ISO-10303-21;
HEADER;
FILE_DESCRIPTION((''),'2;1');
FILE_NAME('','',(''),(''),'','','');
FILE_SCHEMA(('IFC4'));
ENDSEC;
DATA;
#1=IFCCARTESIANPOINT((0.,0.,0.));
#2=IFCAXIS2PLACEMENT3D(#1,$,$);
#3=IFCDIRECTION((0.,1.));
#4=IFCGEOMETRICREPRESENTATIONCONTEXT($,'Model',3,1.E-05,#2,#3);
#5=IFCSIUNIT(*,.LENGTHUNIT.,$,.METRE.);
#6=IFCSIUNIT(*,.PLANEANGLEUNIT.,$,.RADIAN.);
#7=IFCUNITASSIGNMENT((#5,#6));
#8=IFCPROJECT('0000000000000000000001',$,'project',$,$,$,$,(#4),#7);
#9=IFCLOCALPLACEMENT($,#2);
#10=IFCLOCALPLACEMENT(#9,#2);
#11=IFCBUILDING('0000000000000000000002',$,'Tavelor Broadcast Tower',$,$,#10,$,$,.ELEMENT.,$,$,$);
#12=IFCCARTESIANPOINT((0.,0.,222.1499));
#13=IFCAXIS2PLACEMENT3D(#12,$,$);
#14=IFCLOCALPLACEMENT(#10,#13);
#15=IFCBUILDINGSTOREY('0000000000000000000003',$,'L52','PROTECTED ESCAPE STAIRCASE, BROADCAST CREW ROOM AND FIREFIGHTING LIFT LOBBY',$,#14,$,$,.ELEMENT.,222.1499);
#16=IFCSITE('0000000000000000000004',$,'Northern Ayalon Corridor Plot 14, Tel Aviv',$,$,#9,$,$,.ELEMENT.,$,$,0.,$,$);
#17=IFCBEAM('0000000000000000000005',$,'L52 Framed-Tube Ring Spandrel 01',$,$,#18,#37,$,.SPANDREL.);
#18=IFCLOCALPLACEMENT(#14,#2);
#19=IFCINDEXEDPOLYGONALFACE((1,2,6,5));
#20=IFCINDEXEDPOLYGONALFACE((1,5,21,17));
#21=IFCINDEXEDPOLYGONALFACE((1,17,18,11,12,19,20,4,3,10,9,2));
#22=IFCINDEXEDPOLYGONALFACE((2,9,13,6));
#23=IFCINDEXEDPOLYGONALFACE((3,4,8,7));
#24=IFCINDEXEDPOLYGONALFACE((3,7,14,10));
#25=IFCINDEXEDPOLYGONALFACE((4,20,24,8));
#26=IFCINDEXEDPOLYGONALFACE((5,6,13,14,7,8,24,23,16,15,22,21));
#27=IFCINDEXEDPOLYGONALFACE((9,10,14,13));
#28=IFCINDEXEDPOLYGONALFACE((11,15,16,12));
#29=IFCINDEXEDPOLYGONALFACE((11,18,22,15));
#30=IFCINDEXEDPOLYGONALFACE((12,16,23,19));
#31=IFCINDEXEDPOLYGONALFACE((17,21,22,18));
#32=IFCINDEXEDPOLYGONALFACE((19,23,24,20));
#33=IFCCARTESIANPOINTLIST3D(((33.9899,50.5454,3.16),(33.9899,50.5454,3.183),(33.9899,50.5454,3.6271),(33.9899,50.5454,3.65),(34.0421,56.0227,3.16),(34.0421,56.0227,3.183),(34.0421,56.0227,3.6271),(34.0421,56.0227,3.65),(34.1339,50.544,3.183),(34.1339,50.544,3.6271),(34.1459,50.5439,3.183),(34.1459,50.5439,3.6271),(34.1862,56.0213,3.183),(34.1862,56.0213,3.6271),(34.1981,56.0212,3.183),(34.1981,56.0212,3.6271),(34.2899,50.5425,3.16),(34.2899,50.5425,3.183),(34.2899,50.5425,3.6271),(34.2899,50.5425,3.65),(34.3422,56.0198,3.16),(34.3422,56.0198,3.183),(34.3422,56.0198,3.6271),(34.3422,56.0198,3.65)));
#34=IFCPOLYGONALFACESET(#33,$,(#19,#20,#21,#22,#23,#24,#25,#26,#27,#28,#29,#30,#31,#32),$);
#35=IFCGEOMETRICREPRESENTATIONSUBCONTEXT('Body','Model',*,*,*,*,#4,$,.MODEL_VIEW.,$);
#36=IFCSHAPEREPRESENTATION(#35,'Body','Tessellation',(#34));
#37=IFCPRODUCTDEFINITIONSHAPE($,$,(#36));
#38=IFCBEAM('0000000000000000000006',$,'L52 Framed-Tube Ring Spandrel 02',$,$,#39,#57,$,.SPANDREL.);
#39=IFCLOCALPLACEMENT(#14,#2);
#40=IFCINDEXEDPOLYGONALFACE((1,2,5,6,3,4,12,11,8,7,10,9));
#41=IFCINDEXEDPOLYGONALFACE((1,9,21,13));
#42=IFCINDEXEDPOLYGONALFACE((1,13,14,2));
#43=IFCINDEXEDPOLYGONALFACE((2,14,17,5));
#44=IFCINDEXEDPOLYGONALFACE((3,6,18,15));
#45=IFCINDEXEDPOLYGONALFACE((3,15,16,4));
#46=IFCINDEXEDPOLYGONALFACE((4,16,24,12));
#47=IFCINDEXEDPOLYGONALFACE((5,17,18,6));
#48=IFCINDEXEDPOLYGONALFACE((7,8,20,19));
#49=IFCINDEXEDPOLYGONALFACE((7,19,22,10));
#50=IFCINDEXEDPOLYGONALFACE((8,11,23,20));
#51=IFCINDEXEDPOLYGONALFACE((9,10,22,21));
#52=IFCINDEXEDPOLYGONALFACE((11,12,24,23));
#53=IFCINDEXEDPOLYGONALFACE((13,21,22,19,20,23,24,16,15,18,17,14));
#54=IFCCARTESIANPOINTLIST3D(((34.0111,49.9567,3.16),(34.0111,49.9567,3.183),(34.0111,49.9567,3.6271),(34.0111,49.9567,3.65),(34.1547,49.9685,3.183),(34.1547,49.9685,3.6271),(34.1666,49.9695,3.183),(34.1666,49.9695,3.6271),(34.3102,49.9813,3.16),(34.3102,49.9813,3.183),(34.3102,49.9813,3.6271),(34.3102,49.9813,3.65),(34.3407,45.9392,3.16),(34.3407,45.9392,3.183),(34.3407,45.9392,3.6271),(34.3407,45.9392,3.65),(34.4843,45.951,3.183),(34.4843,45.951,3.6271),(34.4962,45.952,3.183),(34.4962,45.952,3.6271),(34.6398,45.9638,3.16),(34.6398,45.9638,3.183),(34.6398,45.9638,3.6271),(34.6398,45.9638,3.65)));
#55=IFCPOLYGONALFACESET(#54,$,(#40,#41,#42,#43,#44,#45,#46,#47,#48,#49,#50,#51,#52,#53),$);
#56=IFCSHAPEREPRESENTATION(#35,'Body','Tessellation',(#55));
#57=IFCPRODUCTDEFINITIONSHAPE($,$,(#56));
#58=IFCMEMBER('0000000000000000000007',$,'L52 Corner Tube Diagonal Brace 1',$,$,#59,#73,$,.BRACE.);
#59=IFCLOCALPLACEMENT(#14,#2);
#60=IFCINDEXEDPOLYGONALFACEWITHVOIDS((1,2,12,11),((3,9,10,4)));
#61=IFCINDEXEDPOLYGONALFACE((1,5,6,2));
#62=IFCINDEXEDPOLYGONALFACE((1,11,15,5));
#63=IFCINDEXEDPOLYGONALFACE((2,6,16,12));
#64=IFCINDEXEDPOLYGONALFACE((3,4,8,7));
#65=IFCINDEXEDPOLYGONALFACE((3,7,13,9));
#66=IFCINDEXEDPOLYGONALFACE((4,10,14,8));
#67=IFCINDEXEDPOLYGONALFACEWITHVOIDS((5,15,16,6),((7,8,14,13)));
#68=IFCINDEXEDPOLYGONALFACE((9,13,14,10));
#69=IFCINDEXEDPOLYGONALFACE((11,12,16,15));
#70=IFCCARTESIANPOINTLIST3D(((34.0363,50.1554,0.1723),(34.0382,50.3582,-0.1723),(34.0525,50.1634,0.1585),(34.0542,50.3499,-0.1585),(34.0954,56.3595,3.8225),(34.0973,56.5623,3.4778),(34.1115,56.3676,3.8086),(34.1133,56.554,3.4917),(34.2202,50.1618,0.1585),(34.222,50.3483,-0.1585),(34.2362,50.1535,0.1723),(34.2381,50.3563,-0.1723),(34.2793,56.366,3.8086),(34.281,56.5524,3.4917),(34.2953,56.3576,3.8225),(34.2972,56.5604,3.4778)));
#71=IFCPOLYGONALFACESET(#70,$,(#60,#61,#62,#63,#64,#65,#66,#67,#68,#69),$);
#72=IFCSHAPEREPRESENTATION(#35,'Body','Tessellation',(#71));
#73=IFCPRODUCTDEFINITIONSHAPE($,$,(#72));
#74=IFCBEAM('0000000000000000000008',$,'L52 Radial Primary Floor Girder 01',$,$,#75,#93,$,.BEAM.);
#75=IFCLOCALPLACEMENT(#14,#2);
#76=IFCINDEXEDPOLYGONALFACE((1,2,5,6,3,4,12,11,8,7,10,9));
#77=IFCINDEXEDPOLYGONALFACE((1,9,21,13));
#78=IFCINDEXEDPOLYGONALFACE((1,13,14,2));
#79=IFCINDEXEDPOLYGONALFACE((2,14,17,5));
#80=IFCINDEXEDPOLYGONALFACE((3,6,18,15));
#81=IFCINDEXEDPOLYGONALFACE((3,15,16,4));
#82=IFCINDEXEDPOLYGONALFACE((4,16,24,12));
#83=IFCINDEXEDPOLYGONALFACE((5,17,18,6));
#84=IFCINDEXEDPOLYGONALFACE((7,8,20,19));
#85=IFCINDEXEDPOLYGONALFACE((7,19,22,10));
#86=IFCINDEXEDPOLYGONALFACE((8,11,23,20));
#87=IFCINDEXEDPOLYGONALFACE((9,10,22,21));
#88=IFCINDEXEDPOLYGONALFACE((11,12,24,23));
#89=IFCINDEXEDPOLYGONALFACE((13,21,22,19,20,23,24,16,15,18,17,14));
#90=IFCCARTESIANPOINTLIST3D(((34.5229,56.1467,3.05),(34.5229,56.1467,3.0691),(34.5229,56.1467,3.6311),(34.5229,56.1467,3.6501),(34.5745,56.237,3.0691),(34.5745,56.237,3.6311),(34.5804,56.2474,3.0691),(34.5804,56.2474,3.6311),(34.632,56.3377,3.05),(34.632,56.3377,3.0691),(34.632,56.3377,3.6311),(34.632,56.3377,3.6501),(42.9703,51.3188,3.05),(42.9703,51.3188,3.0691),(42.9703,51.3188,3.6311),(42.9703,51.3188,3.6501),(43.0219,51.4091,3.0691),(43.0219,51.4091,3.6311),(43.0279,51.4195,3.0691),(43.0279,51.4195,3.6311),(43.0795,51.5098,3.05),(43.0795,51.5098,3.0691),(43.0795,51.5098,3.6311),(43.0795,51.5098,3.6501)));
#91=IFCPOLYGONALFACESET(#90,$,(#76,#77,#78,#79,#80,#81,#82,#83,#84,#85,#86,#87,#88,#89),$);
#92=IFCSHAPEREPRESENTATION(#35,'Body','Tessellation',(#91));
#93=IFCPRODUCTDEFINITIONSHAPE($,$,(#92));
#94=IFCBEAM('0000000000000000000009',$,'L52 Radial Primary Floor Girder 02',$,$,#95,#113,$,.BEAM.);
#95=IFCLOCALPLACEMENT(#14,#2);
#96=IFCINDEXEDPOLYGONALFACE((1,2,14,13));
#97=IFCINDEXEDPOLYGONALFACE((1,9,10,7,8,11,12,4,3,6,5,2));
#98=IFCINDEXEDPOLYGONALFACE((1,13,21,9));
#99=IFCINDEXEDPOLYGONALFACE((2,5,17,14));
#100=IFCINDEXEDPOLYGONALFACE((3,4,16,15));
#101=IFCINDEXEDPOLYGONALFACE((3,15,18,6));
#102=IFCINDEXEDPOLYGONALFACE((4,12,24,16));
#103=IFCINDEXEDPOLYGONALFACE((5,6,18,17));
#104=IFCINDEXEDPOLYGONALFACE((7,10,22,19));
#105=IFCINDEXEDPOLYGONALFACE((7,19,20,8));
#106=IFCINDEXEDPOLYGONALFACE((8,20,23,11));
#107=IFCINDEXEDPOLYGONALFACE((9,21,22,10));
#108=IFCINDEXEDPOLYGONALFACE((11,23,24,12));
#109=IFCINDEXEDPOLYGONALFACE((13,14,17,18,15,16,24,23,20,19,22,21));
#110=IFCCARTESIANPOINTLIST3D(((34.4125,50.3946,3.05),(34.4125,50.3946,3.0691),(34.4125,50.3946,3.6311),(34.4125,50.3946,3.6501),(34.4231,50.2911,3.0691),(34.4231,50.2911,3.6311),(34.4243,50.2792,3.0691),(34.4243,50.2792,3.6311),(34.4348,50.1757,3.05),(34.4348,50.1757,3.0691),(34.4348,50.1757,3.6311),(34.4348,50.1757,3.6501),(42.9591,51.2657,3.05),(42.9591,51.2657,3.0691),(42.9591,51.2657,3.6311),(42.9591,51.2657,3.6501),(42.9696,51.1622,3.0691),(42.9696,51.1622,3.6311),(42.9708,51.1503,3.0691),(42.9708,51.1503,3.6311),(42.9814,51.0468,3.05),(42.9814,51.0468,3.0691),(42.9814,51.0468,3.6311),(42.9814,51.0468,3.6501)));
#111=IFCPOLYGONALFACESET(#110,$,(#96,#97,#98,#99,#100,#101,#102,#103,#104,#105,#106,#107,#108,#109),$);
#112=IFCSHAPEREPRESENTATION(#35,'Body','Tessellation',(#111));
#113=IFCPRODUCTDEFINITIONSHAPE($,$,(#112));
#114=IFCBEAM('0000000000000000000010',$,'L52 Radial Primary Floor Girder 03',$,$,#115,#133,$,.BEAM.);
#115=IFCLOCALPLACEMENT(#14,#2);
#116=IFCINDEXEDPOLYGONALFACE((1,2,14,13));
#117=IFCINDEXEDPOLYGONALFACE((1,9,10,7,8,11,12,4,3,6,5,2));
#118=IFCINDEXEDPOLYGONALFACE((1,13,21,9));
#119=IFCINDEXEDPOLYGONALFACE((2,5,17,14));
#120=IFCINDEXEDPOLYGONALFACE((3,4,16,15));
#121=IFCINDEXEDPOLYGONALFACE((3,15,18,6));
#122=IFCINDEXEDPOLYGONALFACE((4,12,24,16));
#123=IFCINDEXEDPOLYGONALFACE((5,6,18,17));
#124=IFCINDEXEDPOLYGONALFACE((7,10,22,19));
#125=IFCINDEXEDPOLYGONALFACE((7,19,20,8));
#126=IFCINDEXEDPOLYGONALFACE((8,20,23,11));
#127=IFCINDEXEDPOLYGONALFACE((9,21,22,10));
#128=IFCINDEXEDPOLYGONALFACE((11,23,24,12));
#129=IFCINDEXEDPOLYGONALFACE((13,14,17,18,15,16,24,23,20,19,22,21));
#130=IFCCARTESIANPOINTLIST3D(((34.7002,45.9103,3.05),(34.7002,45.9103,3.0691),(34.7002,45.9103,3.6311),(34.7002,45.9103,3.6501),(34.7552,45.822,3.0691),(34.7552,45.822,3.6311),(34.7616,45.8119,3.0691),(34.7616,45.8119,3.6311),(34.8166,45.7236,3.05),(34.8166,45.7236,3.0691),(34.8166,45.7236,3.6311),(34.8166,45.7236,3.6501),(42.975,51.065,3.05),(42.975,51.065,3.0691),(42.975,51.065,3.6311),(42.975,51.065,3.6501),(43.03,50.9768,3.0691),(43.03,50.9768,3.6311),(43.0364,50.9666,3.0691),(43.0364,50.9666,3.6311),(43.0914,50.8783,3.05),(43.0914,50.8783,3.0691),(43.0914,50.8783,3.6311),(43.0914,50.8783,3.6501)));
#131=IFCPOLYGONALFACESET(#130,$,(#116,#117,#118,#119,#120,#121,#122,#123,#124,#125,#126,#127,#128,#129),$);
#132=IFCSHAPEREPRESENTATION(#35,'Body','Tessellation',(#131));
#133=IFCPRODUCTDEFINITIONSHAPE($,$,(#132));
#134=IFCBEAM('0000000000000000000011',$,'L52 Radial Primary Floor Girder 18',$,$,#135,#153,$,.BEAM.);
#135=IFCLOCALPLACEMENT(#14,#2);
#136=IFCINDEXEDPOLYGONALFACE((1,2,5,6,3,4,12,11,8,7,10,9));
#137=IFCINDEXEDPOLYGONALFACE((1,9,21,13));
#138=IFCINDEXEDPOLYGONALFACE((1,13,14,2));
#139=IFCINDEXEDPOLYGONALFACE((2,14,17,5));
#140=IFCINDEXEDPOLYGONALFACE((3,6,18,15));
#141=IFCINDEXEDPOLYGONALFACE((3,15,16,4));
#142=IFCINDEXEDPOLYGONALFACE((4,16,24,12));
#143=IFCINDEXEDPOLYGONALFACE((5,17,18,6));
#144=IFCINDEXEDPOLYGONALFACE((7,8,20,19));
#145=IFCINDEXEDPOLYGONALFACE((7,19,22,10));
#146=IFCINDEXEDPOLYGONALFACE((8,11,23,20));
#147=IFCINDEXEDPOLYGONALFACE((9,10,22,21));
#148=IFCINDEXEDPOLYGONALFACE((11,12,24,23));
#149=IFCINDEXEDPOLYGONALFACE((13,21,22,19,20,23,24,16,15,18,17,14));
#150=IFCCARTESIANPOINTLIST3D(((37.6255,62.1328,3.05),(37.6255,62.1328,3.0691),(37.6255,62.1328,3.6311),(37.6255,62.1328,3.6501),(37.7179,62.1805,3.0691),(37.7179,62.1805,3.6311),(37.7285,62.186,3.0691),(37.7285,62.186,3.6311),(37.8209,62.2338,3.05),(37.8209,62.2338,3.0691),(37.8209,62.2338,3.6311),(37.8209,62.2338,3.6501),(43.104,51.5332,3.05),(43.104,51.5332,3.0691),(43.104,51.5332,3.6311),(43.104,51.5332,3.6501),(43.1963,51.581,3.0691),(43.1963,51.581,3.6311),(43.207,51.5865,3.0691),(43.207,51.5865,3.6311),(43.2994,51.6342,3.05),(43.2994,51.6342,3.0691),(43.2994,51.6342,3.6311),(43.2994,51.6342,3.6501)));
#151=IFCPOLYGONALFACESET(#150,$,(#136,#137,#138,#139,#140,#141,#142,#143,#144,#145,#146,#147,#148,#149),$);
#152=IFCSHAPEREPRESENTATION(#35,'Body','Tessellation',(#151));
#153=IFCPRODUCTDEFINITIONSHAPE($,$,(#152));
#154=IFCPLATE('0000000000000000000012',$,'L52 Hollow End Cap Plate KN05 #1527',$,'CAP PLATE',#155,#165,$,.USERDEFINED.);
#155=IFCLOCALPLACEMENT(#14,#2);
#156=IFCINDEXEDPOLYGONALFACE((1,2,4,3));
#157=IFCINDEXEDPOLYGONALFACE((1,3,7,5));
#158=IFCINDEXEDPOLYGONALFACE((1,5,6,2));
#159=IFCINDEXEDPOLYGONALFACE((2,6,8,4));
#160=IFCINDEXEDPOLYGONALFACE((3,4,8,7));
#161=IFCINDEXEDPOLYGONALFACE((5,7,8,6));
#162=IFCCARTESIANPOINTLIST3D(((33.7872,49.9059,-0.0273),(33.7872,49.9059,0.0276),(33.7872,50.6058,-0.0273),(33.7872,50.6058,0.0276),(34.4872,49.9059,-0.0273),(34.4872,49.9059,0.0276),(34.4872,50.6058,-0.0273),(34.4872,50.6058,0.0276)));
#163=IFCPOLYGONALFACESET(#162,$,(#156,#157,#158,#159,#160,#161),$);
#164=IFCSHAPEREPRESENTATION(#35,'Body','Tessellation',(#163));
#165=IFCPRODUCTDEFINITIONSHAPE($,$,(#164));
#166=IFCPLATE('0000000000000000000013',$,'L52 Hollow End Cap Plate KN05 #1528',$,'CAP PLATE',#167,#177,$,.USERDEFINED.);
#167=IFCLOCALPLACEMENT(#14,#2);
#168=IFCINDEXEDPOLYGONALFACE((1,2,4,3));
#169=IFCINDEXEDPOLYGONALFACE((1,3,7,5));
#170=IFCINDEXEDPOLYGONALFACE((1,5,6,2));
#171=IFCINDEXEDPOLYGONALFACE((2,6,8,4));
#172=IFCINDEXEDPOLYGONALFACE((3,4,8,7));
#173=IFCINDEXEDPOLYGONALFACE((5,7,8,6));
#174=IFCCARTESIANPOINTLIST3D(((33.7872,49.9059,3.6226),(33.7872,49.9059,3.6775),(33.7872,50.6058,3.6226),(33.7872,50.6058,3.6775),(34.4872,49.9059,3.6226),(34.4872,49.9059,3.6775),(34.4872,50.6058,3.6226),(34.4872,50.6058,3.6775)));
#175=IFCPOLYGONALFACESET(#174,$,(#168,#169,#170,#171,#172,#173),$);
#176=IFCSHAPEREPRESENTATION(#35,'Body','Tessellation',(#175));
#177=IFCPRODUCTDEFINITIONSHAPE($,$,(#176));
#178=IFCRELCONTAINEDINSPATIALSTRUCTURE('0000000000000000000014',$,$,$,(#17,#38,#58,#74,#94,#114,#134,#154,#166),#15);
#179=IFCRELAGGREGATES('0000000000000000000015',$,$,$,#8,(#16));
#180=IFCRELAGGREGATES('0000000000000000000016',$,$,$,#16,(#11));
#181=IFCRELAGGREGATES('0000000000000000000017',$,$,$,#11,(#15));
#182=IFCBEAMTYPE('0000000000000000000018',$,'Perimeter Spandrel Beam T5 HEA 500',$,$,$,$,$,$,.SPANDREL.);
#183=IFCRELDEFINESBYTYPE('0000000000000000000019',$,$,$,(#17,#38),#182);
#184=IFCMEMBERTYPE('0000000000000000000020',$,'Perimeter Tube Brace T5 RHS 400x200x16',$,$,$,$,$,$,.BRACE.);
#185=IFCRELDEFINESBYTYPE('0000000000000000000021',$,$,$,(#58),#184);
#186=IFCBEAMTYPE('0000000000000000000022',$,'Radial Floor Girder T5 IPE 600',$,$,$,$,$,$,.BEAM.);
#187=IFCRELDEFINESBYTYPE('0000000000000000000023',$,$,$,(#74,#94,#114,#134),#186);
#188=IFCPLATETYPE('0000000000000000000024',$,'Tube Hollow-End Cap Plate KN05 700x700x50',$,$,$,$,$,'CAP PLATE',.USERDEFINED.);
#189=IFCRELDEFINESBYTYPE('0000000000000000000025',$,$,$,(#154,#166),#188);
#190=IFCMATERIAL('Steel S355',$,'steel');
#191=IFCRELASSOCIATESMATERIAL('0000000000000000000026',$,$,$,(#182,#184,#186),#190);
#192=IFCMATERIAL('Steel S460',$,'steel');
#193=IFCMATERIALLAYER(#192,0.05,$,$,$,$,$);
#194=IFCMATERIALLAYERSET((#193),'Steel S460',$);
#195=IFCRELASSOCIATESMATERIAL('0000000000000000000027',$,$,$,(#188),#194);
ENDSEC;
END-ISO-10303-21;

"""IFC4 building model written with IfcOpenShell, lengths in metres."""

from ifc_helpers import new_model, si_unit, direction, frame, origin, origin_2d, place, context, subcontext, project, spatial, rectangle, hollow_rectangle, i_section, extrude, source, transform, mapped, material, layer, layer_set, material_profile, profile_set, type_object, element, save


model = new_model("IFC4")

# Units and contexts
model_context = context("Model", 3, precision=1e-05, world=origin(), true_north=direction((0.0, 1.0)))
body_context = subcontext(model_context, "Body", "Model", "MODEL_VIEW")
ifc_project = project(units=[si_unit("LENGTHUNIT", "METRE"), si_unit("PLANEANGLEUNIT", "RADIAN")], contexts=[model_context])

# Site, building, storey
site_placement = place(None, origin())
site = spatial("IfcSite", under=ifc_project, at=site_placement, Name="Northern Ayalon Corridor Plot 14, Tel Aviv", CompositionType="ELEMENT", RefElevation=0.0)
building_placement = place(site_placement, origin())
building = spatial("IfcBuilding", under=site, at=building_placement, Name="Tavelor Broadcast Tower", CompositionType="ELEMENT")
storey_placement = place(building_placement, frame((0.0, 0.0, 222.1499)))
storey = spatial("IfcBuildingStorey", under=building, at=storey_placement, Name="L52", Description="PROTECTED ESCAPE STAIRCASE, BROADCAST CREW ROOM AND FIREFIGHTING LIFT LOBBY", CompositionType="ELEMENT", Elevation=222.1499)

# Shared definitions
ifc_material_1 = material(Name="Steel S460", Category="steel")

# Beams
ifc_material_2 = material(Name="Steel S355", Category="steel")
ifc_material_profile_1 = material_profile(ifc_material_2, i_section(OverallWidth=0.3, OverallDepth=0.49, WebThickness=0.012, FlangeThickness=0.0229, at=origin_2d()), Name="HEA 500")
ifc_profile_set_1 = profile_set([ifc_material_profile_1], Name="Steel S355")
beam_type_1 = type_object("IfcBeamType", Name="Perimeter Spandrel Beam T5 HEA 500", PredefinedType="SPANDREL", material=ifc_profile_set_1)
beam_1_placement = place(storey_placement, frame((34.1921, 56.0212, 3.405), z_axis=(-0.009538, -0.999955, 0.0), x_axis=(0.999955, -0.009538, 0.0)))
element("IfcBeam", 1, at=beam_1_placement, inside=storey, type_object=beam_type_1, Name="L52 Framed-Tube Ring Spandrel 01", PredefinedType="SPANDREL", context=body_context, shape_type="SweptSolid", body=[
    extrude(i_section(OverallWidth=0.3, OverallDepth=0.49, WebThickness=0.012, FlangeThickness=0.0229, at=origin_2d()), origin(), (0.0, 0.0, 1.0), 5.4775),
])
beam_2_placement = place(storey_placement, frame((34.1606, 49.969, 3.405), z_axis=(0.081762, -0.996652, 0.0), x_axis=(0.996652, 0.081762, 0.0)))
element("IfcBeam", 2, at=beam_2_placement, inside=storey, type_object=beam_type_1, Name="L52 Framed-Tube Ring Spandrel 02", PredefinedType="SPANDREL", context=body_context, shape_type="SweptSolid", body=[
    extrude(i_section(OverallWidth=0.3, OverallDepth=0.49, WebThickness=0.012, FlangeThickness=0.0229, at=origin_2d()), origin(), (0.0, 0.0, 1.0), 4.031),
])

# Member
ifc_material_profile_2 = material_profile(ifc_material_2, hollow_rectangle(XDim=0.2, YDim=0.3999, WallThickness=0.0161, at=origin_2d()), Name="RHS 400x200x16")
ifc_profile_set_2 = profile_set([ifc_material_profile_2], Name="Steel S355")
member_type = type_object("IfcMemberType", Name="Perimeter Tube Brace T5 RHS 400x200x16", PredefinedType="BRACE", material=ifc_profile_set_2)
member_placement = place(storey_placement, frame((34.1372, 50.2559, 0.0), z_axis=(0.008208, 0.861864, 0.507073), x_axis=(-0.999955, 0.009523, 0.0)))
element("IfcMember", 3, at=member_placement, inside=storey, type_object=member_type, Name="L52 Corner Tube Diagonal Brace 1", PredefinedType="BRACE", context=body_context, shape_type="SweptSolid", body=[
    extrude(hollow_rectangle(XDim=0.2, YDim=0.3999, WallThickness=0.0161, at=origin_2d()), origin(), (0.0, 0.0, 1.0), 7.1985),
])

# Beams
ifc_material_profile_3 = material_profile(ifc_material_2, i_section(OverallWidth=0.22, OverallDepth=0.6001, WebThickness=0.012, FlangeThickness=0.019, at=origin_2d()), Name="IPE 600")
ifc_profile_set_3 = profile_set([ifc_material_profile_3], Name="Steel S355")
beam_type_2 = type_object("IfcBeamType", Name="Radial Floor Girder T5 IPE 600", PredefinedType="BEAM", material=ifc_profile_set_3)
beam_3_placement = place(storey_placement, frame((43.0249, 51.4143, 3.3501), z_axis=(-0.868211, 0.496196, 0.0), x_axis=(-0.496196, -0.868211, 0.0)))
element("IfcBeam", 4, at=beam_3_placement, inside=storey, type_object=beam_type_2, Name="L52 Radial Primary Floor Girder 01", PredefinedType="BEAM", context=body_context, shape_type="SweptSolid", body=[
    extrude(i_section(OverallWidth=0.22, OverallDepth=0.6001, WebThickness=0.012, FlangeThickness=0.019, at=origin_2d()), origin(), (0.0, 0.0, 1.0), 9.7297),
])
beam_4_placement = place(storey_placement, frame((42.9702, 51.1562, 3.3501), z_axis=(-0.994846, -0.101397, 0.0), x_axis=(0.101397, -0.994846, 0.0)))
element("IfcBeam", 5, at=beam_4_placement, inside=storey, type_object=beam_type_2, Name="L52 Radial Primary Floor Girder 02", PredefinedType="BEAM", context=body_context, shape_type="SweptSolid", body=[
    extrude(i_section(OverallWidth=0.22, OverallDepth=0.6001, WebThickness=0.012, FlangeThickness=0.019, at=origin_2d()), origin(), (0.0, 0.0, 1.0), 8.5908),
])
beam_5_placement = place(storey_placement, frame((43.0332, 50.9717, 3.3501), z_axis=(-0.848782, -0.528742, 0.0), x_axis=(0.528742, -0.848782, 0.0)))
element("IfcBeam", 6, at=beam_5_placement, inside=storey, type_object=beam_type_2, Name="L52 Radial Primary Floor Girder 03", PredefinedType="BEAM", context=body_context, shape_type="SweptSolid", body=[
    extrude(i_section(OverallWidth=0.22, OverallDepth=0.6001, WebThickness=0.012, FlangeThickness=0.019, at=origin_2d()), origin(), (0.0, 0.0, 1.0), 9.749),
])
beam_6_placement = place(storey_placement, frame((43.2017, 51.5837, 3.3501), z_axis=(-0.459156, 0.888356, 0.0), x_axis=(-0.888356, -0.459156, 0.0)))
element("IfcBeam", 7, at=beam_6_placement, inside=storey, type_object=beam_type_2, Name="L52 Radial Primary Floor Girder 18", PredefinedType="BEAM", context=body_context, shape_type="SweptSolid", body=[
    extrude(i_section(OverallWidth=0.22, OverallDepth=0.6001, WebThickness=0.012, FlangeThickness=0.019, at=origin_2d()), origin(), (0.0, 0.0, 1.0), 11.9316),
])

# Plates
ifc_layer_1 = layer(ifc_material_1, 0.05)
ifc_layer_set_1 = layer_set([ifc_layer_1], Name="Steel S460")
plate_type = type_object("IfcPlateType", Name="Tube Hollow-End Cap Plate KN05 700x700x50", ElementType="CAP PLATE", PredefinedType="USERDEFINED", material=ifc_layer_set_1)
shared_shape_1 = source(origin(), body_context, "Body", "SweptSolid", [
    extrude(rectangle(XDim=0.7, YDim=0.7, at=origin_2d()), origin(), (0.0, 0.0, 1.0), 0.0549),
])
for number, where, z_axis, x_axis, name in (
    (8, (34.1372, 50.2559, -0.0273), (0.0, 0.0, 1.0), (1.0, 0.0, 0.0), "L52 Hollow End Cap Plate KN05 #1527"),
    (9, (34.1372, 50.2559, 3.6226), (0.0, 0.0, 1.0), (1.0, 0.0, 0.0), "L52 Hollow End Cap Plate KN05 #1528"),
):
    element("IfcPlate", number, at=place(storey_placement, frame(where, z_axis=z_axis, x_axis=x_axis)), inside=storey, type_object=plate_type, Name=name, ObjectType="CAP PLATE", PredefinedType="USERDEFINED", context=body_context, shape_type="MappedRepresentation", body=[
        mapped(shared_shape_1, transform((0.0, 0.0, 0.0), scale=1.0)),
    ])

save(model, "model.ifc")
